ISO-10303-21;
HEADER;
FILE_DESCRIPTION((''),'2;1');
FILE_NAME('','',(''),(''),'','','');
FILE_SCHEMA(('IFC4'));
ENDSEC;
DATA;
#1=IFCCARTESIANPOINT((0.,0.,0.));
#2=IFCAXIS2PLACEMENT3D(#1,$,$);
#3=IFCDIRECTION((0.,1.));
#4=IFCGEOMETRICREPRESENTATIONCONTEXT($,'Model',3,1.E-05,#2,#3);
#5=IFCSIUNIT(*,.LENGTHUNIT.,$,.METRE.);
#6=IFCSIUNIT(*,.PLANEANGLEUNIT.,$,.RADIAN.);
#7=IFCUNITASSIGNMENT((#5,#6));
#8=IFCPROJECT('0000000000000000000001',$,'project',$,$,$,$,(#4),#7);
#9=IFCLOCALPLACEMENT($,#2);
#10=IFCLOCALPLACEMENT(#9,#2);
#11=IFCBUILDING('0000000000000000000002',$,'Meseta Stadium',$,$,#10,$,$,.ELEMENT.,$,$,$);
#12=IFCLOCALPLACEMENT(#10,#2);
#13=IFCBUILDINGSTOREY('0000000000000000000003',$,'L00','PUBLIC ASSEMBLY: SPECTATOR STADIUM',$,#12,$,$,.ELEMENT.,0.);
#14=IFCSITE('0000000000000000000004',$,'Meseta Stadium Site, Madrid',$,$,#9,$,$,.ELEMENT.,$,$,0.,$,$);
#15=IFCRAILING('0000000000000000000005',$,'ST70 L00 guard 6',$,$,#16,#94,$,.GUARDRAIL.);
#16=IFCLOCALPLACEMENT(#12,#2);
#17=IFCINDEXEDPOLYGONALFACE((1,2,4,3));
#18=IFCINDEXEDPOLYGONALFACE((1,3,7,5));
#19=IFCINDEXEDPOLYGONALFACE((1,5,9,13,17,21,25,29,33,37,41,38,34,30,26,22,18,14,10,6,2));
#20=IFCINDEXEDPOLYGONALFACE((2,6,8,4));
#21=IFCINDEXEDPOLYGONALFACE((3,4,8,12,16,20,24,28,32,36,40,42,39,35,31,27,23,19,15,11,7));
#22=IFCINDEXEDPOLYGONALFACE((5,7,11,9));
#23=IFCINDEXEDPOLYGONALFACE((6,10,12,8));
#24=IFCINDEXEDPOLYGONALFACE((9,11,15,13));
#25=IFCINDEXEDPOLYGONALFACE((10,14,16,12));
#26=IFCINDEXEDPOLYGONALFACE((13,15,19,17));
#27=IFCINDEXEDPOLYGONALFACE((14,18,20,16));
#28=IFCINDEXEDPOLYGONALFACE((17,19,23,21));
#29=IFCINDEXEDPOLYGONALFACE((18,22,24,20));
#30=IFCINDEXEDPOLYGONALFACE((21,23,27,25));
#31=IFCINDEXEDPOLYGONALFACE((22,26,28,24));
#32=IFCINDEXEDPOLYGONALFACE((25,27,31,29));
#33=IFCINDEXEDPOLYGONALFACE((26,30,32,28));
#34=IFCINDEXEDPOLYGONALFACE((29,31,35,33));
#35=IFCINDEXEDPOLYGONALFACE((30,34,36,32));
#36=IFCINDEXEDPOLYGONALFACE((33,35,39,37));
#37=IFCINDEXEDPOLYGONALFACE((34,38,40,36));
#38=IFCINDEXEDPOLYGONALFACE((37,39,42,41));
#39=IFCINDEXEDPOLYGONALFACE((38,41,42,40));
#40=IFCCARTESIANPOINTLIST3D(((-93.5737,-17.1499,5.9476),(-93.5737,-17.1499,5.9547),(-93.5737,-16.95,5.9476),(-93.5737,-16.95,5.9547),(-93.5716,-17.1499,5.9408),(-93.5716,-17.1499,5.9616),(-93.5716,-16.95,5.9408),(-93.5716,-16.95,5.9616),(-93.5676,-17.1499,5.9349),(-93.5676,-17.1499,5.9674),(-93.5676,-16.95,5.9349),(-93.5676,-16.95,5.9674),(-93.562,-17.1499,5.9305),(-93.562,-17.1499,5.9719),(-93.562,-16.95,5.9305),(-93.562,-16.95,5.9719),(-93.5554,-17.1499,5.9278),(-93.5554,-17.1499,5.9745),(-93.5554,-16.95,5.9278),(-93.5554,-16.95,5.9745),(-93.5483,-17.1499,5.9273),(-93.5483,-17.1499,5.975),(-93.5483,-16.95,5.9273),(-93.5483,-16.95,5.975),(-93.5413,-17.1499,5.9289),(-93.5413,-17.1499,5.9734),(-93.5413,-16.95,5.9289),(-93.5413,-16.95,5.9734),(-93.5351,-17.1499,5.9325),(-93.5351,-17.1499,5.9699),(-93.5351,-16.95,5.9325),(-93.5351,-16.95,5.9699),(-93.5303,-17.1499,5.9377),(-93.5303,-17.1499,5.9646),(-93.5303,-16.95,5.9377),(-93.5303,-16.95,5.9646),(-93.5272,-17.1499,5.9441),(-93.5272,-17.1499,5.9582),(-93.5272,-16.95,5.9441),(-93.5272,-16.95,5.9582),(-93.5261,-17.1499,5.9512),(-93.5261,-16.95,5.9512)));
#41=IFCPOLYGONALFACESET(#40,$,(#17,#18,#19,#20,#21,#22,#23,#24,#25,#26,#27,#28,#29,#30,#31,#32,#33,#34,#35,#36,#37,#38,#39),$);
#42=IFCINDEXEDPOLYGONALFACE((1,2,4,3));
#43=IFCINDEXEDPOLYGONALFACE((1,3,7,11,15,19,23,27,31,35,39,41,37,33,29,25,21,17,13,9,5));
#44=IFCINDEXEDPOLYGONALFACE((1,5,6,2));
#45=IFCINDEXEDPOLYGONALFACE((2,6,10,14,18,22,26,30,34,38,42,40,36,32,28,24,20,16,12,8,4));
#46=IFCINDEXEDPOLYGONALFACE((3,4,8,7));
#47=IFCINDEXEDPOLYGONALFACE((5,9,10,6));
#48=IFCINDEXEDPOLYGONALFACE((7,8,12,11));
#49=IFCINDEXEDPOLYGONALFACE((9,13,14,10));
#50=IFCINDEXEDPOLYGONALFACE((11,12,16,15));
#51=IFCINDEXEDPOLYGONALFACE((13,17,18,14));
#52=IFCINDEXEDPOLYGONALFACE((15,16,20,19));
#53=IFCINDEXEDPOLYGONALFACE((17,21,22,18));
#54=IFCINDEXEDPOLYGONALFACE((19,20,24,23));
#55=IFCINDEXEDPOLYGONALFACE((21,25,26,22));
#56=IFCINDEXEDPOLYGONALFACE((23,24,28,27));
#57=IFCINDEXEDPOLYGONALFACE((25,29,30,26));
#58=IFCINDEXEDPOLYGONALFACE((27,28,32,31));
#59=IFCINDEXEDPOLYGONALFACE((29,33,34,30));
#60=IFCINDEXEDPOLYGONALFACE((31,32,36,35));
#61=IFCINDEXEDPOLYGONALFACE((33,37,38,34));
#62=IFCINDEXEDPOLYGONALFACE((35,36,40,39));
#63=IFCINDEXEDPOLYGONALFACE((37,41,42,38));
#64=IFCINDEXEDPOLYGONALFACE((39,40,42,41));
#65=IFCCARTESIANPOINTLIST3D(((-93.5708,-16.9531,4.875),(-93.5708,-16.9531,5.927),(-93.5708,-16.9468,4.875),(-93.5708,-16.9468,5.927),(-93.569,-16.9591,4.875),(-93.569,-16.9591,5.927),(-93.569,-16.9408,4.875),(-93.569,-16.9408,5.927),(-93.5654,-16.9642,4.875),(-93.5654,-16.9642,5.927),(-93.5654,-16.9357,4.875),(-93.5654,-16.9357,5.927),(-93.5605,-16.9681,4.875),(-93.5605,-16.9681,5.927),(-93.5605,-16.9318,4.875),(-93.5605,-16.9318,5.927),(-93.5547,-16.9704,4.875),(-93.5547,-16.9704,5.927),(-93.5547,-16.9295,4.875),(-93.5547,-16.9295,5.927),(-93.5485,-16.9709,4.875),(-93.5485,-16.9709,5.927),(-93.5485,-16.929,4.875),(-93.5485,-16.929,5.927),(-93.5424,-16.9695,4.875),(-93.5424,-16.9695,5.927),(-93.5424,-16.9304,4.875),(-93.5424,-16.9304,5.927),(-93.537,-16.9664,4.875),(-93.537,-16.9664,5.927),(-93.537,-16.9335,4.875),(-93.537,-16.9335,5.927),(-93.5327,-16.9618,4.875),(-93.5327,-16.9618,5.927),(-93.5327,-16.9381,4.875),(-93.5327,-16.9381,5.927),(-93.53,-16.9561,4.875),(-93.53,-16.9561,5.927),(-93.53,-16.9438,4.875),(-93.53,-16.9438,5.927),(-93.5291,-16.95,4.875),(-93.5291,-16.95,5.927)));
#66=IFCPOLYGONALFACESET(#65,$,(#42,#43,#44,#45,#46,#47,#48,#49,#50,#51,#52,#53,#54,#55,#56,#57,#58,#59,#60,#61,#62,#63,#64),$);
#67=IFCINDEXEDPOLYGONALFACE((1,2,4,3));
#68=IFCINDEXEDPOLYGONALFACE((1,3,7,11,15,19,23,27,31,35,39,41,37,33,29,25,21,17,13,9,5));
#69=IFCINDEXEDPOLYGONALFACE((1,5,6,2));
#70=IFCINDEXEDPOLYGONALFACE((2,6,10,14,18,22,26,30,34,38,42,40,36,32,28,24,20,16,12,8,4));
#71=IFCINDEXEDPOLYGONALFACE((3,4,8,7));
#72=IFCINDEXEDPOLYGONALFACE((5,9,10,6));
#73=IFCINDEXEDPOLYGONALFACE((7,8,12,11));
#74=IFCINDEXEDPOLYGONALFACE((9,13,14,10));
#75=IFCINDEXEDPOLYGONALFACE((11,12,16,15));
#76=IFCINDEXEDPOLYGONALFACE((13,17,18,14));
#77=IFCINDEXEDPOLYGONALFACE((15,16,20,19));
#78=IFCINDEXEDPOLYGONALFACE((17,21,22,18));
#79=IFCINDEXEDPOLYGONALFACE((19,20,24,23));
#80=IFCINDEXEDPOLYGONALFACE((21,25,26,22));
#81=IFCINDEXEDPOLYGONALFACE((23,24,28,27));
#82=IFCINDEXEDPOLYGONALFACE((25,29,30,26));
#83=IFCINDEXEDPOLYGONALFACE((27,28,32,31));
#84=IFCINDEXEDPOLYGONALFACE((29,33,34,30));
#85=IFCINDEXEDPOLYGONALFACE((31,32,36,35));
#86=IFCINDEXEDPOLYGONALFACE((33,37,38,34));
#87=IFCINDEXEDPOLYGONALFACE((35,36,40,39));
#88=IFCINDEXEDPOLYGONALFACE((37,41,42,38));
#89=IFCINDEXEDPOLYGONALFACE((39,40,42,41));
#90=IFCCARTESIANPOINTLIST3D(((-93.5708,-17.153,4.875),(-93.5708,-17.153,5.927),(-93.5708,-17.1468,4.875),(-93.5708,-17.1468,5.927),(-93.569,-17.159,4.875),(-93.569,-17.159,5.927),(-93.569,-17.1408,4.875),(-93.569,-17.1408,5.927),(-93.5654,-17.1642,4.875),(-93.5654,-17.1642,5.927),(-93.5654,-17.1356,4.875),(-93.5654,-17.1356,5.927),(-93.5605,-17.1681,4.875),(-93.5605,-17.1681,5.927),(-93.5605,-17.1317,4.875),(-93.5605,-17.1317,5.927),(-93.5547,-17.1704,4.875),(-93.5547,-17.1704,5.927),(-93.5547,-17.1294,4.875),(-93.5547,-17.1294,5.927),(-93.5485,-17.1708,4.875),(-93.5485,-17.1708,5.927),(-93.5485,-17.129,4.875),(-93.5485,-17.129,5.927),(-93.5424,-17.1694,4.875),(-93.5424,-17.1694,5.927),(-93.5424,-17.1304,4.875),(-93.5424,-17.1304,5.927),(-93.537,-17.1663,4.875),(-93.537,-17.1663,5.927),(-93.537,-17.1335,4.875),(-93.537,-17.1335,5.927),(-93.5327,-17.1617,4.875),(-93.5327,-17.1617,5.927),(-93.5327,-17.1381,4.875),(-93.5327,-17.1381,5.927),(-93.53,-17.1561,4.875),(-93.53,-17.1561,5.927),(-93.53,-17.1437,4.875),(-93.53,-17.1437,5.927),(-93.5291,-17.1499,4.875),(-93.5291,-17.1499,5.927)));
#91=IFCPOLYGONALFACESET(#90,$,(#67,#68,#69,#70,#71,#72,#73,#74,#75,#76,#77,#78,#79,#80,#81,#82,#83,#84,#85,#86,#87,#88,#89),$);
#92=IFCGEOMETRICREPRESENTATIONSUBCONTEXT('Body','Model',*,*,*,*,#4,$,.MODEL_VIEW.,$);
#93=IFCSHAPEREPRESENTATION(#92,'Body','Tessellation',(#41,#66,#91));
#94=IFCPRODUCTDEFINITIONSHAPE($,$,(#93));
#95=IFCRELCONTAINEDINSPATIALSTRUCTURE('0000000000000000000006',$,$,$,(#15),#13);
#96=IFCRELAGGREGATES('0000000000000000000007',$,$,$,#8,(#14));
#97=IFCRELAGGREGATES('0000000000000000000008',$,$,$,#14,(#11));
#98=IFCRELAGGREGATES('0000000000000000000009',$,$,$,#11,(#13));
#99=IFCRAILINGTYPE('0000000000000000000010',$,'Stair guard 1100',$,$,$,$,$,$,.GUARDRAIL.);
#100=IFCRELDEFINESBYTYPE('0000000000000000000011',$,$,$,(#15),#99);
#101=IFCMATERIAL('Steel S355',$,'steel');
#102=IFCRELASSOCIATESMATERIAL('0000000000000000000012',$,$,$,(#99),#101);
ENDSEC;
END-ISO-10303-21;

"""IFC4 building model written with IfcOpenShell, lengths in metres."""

from ifc_helpers import new_model, si_unit, direction, frame, origin, origin_2d, place, context, subcontext, project, spatial, circle, extrude, material, type_object, element, save


model = new_model("IFC4")

# Units and contexts
model_context = context("Model", 3, precision=1e-05, world=origin(), true_north=direction((0.0, 1.0)))
body_context = subcontext(model_context, "Body", "Model", "MODEL_VIEW")
ifc_project = project(units=[si_unit("LENGTHUNIT", "METRE"), si_unit("PLANEANGLEUNIT", "RADIAN")], contexts=[model_context])

# Site, building, storey
site_placement = place(None, origin())
site = spatial("IfcSite", under=ifc_project, at=site_placement, Name="Meseta Stadium Site, Madrid", CompositionType="ELEMENT", RefElevation=0.0)
building_placement = place(site_placement, origin())
building = spatial("IfcBuilding", under=site, at=building_placement, Name="Meseta Stadium", CompositionType="ELEMENT")
storey_placement = place(building_placement, origin())
storey = spatial("IfcBuildingStorey", under=building, at=storey_placement, Name="L00", Description="PUBLIC ASSEMBLY: SPECTATOR STADIUM", CompositionType="ELEMENT", Elevation=0.0)

# Railing
ifc_material_1 = material(Name="Steel S355", Category="steel")
railing_type_1 = type_object("IfcRailingType", Name="Stair guard 1100", PredefinedType="GUARDRAIL", material=ifc_material_1)
railing_1_placement = place(storey_placement, frame((-93.55, -16.95, 4.875)))
element("IfcRailing", 1, at=railing_1_placement, inside=storey, type_object=railing_type_1, Name="ST70 L00 guard 6", PredefinedType="GUARDRAIL", context=body_context, shape_type="SweptSolid", body=[
    extrude(circle(Radius=0.0239, at=origin_2d()), frame((0.0, 0.0, 1.0762), z_axis=(0.0, -1.0, 0.0), x_axis=(1.0, 0.0, 0.0)), (0.0, 0.0, 1.0), 0.2),
    extrude(circle(Radius=0.021, at=origin_2d()), origin(), (0.0, 0.0, 1.0), 1.052),
    extrude(circle(Radius=0.021, at=origin_2d()), frame((0.0, -0.2, 0.0)), (0.0, 0.0, 1.0), 1.052),
])

save(model, "model.ifc")
